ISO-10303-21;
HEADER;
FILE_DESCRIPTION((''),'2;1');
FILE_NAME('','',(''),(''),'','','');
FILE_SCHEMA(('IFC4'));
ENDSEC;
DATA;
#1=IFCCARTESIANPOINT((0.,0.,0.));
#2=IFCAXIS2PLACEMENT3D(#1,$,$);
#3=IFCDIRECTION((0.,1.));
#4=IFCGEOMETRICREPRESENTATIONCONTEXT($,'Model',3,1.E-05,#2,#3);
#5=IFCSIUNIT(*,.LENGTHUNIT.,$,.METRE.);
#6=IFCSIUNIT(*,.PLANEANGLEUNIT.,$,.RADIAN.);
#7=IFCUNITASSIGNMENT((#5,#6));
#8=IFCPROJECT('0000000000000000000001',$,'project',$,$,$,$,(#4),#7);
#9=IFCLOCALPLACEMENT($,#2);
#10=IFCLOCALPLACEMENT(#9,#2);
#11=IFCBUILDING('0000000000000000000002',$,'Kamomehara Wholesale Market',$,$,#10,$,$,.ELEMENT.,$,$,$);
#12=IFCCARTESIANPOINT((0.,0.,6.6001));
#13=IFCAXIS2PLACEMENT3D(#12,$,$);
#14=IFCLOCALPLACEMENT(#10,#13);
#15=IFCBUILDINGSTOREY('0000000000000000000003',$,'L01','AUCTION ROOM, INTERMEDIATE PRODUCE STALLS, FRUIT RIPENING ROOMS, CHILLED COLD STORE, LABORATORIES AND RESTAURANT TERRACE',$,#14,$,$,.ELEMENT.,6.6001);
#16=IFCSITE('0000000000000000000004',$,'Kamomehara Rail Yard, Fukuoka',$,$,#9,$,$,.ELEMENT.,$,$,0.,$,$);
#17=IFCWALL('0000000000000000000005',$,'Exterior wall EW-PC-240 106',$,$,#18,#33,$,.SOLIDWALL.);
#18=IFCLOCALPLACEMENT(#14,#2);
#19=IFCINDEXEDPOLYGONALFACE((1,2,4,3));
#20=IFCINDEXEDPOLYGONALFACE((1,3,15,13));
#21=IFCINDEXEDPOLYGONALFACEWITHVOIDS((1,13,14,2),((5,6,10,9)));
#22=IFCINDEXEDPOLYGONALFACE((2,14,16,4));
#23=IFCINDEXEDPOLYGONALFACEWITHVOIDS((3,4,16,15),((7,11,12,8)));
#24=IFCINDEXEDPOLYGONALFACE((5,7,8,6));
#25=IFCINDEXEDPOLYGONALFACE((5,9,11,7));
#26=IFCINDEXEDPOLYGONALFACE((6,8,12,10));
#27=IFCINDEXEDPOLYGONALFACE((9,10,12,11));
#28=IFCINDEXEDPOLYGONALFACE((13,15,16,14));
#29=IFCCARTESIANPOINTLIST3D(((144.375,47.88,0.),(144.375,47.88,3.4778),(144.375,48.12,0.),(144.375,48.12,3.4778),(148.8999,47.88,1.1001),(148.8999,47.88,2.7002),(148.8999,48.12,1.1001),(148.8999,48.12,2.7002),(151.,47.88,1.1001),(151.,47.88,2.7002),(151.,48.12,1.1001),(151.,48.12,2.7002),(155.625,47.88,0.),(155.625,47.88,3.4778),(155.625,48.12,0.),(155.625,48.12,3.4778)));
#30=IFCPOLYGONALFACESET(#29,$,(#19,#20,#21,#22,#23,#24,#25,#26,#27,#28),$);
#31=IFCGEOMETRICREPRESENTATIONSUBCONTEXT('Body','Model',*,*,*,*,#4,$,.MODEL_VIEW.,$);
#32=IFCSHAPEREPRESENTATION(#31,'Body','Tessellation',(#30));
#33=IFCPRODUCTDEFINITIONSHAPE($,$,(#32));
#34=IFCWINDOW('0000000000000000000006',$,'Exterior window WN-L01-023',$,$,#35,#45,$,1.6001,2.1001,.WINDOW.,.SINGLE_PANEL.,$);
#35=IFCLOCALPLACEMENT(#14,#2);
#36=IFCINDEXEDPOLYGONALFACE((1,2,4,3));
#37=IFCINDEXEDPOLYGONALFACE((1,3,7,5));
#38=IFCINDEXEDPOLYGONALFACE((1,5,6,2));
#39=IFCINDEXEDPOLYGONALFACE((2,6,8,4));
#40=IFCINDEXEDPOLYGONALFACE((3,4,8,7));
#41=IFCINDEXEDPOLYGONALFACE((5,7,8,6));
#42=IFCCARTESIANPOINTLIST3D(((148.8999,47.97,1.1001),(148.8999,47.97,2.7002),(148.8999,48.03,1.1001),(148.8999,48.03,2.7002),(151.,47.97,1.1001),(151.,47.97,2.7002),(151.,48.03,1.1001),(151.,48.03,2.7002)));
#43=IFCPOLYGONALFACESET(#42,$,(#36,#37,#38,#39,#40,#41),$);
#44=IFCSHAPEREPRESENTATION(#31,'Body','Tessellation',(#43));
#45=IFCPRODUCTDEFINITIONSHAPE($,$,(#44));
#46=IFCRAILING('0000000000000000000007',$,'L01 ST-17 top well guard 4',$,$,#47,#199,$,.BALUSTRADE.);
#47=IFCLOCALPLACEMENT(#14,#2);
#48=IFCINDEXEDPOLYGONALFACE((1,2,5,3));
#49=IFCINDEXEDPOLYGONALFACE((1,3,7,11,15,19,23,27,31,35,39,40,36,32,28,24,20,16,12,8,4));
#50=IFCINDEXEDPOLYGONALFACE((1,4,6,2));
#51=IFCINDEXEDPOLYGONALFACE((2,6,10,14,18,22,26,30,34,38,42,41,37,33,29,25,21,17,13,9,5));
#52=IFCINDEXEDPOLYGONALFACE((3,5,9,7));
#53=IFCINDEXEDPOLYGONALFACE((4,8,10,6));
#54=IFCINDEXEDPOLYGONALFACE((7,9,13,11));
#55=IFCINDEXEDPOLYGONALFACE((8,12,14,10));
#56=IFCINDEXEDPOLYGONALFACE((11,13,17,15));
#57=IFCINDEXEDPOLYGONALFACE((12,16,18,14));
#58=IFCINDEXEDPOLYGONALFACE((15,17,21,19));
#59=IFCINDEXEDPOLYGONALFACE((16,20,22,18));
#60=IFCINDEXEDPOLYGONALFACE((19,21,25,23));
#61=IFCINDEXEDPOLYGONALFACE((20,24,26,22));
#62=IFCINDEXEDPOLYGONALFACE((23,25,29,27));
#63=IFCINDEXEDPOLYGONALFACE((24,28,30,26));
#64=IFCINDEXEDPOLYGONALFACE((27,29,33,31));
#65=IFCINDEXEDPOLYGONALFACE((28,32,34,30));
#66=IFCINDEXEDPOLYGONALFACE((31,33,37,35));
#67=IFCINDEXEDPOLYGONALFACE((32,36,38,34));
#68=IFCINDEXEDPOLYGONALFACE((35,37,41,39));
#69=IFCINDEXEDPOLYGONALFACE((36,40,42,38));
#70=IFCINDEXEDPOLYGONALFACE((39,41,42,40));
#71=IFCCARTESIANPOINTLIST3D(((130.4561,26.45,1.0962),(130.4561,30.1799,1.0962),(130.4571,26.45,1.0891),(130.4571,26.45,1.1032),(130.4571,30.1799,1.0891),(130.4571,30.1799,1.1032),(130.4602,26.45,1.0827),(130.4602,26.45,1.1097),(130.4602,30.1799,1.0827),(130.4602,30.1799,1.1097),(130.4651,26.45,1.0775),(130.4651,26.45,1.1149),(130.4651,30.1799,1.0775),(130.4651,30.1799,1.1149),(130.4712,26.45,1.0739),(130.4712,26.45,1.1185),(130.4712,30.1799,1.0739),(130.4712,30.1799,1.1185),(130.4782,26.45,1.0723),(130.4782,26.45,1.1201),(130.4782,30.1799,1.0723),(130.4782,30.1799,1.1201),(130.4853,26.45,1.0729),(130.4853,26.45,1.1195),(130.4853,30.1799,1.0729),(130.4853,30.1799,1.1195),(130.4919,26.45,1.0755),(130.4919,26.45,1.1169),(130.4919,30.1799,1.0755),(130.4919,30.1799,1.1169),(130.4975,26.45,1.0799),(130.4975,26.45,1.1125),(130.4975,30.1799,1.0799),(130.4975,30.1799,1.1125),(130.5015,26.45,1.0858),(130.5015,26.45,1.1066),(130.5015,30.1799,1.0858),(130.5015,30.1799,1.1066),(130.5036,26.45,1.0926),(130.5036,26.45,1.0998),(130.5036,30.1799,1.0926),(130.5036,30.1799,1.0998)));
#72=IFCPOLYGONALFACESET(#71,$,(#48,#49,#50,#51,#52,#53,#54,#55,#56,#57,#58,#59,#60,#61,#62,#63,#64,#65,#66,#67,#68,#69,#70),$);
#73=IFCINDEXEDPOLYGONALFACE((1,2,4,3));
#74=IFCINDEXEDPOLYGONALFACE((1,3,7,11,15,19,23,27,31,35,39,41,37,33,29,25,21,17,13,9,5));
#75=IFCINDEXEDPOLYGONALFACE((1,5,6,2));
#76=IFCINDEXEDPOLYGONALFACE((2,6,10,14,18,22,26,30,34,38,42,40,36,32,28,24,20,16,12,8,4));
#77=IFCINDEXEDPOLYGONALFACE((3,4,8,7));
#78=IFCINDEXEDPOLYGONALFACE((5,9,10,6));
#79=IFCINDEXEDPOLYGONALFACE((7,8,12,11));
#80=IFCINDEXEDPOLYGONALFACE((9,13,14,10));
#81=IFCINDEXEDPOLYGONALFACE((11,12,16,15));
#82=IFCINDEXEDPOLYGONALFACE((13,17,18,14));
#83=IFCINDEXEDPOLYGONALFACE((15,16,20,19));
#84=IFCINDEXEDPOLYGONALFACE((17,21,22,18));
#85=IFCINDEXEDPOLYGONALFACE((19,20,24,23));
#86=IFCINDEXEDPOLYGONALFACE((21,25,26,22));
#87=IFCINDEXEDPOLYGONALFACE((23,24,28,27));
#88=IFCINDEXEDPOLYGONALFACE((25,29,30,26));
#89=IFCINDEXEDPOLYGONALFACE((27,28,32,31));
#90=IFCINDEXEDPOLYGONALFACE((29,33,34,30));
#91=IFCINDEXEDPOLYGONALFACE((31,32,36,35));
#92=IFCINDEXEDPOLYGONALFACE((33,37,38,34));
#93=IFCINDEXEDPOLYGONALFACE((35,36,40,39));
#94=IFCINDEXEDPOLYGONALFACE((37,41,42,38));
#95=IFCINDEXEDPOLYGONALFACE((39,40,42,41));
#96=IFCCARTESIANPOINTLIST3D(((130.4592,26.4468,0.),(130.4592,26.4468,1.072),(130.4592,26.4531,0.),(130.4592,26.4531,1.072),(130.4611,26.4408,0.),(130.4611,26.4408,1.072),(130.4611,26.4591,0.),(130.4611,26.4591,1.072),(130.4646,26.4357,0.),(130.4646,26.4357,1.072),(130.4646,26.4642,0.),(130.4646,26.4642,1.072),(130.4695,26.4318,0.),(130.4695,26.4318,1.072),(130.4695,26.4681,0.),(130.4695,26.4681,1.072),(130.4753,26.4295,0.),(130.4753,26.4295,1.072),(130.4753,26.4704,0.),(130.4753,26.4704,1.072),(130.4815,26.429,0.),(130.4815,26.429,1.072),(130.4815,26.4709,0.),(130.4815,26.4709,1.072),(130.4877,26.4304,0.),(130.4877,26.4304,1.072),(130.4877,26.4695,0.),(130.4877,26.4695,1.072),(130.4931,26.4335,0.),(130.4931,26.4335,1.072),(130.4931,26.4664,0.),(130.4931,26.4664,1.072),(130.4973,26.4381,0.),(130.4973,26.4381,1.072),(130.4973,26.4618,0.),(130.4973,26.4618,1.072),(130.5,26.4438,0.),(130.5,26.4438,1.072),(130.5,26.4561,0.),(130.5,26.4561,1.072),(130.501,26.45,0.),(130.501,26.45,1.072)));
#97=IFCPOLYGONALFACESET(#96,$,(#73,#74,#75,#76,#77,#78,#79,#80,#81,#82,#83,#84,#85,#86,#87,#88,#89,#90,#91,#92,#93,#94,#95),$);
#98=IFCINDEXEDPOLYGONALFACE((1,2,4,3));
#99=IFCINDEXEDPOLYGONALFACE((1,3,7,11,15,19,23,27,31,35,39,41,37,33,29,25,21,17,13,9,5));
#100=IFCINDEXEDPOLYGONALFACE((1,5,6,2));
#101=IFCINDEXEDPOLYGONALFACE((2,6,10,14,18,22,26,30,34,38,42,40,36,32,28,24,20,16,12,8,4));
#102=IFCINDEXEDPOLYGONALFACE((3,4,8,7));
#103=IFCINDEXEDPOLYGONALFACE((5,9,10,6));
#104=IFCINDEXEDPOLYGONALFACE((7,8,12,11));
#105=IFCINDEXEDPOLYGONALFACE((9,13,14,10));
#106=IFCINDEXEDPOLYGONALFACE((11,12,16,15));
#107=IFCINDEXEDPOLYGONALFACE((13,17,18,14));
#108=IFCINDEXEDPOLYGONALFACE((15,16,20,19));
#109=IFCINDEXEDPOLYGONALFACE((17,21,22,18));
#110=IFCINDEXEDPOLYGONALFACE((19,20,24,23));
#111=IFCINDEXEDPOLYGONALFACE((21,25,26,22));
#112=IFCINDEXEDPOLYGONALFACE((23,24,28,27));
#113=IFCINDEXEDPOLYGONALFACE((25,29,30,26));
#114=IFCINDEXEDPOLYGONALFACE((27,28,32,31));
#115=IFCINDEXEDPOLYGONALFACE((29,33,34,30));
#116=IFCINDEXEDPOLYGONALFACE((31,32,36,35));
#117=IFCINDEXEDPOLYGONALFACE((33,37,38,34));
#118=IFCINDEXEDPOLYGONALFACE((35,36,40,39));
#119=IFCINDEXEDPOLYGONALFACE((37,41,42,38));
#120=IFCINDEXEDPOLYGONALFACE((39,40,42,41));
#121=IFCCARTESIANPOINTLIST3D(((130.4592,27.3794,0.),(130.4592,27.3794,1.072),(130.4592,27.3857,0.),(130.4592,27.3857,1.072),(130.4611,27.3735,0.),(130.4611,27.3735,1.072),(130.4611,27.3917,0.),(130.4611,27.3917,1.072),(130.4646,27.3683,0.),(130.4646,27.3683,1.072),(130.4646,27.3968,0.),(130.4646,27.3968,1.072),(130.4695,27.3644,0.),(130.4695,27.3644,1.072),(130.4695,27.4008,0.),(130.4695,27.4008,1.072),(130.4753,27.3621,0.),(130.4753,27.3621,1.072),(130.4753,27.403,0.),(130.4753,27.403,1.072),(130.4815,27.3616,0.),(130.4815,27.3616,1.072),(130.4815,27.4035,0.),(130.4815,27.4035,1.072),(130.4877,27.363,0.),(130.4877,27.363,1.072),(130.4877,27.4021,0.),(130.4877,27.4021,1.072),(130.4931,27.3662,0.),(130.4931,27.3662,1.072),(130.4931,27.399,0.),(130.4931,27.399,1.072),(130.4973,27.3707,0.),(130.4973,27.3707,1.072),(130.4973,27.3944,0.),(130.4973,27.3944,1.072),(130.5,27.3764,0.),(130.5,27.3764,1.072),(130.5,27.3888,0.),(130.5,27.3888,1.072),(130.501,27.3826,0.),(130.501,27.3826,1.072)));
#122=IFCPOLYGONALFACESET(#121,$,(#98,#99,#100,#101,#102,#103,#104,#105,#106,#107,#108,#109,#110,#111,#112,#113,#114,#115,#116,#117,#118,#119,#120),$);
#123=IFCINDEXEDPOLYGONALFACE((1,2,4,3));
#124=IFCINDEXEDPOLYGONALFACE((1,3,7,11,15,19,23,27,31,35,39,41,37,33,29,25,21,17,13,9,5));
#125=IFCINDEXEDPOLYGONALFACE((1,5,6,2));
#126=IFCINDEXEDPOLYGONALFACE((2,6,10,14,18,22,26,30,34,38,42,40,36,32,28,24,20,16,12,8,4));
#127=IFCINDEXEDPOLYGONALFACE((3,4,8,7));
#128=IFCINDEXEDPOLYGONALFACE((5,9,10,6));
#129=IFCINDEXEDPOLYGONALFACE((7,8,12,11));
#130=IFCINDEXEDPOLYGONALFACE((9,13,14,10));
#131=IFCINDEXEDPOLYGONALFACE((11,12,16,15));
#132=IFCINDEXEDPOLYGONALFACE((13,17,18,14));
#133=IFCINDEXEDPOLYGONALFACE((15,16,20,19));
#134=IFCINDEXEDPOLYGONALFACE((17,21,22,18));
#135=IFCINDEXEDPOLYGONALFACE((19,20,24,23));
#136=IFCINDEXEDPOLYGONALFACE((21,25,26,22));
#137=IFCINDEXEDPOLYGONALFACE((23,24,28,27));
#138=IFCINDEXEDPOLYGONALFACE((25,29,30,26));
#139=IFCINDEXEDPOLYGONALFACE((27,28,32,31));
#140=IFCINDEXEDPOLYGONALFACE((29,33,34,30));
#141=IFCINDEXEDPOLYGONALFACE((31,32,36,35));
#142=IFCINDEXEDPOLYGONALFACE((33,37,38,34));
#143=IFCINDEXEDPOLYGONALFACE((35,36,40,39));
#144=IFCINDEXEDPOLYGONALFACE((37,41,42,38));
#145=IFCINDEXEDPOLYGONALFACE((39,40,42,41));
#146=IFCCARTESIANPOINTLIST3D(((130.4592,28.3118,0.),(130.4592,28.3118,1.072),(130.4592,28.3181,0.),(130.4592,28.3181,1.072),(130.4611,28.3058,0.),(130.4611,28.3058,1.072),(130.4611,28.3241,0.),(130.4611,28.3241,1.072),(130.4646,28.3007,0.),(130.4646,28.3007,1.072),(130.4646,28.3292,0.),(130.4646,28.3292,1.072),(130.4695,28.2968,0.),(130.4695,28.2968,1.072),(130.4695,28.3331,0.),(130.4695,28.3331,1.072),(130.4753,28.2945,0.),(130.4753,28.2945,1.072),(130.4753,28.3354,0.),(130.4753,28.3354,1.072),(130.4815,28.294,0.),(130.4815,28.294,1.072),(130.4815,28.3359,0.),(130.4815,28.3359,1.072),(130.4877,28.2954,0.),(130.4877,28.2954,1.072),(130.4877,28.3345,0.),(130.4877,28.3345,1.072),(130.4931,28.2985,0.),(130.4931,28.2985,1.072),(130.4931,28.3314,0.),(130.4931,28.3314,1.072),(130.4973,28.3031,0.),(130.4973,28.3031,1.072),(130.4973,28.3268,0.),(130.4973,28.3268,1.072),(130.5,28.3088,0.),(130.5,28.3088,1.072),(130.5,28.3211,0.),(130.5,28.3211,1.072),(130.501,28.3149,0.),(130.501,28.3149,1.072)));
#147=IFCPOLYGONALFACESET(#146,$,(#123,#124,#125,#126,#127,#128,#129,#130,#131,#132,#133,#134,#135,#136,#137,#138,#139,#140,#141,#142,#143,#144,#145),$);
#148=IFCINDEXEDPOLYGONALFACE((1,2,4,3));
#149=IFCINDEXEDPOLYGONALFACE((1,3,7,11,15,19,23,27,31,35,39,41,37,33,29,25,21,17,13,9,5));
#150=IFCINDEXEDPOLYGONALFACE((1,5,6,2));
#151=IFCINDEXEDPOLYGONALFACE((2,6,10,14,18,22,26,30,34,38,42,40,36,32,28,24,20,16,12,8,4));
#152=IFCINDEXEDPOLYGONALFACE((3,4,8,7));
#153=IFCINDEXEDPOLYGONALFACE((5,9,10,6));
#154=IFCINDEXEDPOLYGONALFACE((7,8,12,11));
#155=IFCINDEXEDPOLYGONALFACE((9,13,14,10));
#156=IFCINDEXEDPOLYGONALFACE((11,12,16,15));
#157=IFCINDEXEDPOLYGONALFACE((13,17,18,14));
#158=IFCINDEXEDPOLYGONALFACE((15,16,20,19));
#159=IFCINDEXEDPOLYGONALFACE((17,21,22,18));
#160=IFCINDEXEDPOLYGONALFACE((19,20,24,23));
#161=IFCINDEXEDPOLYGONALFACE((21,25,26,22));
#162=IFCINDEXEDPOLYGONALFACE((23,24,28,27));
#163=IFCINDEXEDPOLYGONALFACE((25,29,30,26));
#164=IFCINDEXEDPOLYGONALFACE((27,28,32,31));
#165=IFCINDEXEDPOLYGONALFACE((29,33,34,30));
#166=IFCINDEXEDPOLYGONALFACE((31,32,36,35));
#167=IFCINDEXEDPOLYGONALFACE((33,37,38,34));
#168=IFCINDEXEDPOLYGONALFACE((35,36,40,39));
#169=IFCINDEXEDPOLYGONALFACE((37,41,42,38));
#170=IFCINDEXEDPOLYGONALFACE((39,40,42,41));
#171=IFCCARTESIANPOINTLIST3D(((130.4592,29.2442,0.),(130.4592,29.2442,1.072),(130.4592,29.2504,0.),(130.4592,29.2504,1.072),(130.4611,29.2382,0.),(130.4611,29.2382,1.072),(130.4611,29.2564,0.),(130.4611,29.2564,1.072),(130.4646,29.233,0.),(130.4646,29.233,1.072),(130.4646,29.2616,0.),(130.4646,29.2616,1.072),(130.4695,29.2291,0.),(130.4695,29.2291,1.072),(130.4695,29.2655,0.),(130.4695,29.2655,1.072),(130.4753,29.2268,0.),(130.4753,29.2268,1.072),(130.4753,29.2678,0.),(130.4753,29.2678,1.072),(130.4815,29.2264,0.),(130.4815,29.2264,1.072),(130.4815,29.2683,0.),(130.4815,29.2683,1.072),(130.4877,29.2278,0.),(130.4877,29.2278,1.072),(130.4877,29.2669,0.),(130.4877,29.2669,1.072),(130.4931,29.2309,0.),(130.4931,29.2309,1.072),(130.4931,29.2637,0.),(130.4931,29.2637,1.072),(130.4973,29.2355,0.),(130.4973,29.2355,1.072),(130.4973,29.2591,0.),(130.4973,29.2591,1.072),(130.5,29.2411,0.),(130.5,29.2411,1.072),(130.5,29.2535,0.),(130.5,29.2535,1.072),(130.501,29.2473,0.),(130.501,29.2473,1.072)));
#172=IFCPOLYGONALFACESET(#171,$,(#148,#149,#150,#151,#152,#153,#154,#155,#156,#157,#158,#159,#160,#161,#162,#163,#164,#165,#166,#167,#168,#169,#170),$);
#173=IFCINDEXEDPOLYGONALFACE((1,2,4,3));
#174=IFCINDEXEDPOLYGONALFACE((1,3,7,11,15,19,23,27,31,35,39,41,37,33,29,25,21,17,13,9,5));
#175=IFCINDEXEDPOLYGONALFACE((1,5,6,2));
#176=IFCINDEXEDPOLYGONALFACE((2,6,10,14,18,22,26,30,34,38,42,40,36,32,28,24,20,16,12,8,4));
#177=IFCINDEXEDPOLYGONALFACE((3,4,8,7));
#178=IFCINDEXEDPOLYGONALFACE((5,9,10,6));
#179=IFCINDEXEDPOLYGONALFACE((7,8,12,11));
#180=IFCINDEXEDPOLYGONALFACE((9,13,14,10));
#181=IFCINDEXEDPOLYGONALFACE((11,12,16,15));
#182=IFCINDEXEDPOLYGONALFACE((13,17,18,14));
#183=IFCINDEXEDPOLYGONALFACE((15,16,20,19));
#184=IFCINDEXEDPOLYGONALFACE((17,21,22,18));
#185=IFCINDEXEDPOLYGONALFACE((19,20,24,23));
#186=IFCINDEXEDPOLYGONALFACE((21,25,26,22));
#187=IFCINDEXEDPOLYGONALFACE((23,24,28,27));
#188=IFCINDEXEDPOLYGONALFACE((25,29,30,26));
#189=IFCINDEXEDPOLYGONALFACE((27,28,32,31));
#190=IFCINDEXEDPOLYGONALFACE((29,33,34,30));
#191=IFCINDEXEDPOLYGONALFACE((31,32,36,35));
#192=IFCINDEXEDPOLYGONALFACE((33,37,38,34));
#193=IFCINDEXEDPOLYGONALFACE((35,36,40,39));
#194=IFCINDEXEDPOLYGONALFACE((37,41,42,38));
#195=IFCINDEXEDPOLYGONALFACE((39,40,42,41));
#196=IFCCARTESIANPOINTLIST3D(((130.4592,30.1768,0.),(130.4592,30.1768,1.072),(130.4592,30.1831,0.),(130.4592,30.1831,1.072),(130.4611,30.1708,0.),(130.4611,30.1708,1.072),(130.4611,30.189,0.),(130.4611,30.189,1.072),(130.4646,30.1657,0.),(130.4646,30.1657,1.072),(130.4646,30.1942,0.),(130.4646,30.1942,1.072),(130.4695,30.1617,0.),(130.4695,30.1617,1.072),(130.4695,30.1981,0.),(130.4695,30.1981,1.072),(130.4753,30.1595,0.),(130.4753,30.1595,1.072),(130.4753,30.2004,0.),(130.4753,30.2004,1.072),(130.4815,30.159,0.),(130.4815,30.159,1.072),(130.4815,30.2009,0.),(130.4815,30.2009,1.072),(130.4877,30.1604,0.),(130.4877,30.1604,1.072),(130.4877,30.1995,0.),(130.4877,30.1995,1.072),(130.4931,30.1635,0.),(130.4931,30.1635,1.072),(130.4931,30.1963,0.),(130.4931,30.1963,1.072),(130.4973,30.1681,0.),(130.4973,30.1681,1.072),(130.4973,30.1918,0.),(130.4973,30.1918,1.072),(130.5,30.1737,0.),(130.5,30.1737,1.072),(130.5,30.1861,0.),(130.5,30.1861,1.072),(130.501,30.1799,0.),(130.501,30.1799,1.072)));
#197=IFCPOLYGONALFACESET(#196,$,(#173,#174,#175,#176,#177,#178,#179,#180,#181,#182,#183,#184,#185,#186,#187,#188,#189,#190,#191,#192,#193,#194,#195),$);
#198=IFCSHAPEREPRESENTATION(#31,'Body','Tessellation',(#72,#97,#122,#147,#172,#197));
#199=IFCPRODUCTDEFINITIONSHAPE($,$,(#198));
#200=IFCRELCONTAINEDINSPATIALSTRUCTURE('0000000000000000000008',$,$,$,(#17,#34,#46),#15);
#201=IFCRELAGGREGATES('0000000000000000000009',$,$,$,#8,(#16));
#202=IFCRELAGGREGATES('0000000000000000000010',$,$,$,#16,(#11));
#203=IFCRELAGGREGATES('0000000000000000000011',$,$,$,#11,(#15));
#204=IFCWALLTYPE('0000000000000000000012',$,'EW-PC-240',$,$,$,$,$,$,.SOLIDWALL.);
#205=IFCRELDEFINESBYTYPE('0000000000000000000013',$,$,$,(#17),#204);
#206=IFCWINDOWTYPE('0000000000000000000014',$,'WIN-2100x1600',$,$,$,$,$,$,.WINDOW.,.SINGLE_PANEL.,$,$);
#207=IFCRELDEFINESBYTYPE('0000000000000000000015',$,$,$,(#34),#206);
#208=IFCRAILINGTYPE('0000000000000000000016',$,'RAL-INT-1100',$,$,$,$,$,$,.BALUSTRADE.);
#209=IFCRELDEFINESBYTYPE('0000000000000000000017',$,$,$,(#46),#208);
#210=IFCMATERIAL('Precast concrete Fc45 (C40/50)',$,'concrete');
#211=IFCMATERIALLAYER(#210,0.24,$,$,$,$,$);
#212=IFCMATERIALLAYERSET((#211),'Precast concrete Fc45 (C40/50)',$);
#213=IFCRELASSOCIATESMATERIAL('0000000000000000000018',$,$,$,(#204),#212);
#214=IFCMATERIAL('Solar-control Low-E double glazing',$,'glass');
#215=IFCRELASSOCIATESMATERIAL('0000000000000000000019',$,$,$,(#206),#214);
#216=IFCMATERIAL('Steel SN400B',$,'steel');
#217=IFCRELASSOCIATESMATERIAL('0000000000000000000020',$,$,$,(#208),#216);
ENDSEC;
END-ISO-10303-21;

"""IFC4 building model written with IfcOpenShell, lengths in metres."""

from ifc_helpers import new_model, si_unit, direction, frame, frame_2d, origin, origin_2d, place, context, subcontext, project, spatial, rectangle, circle, extrude, material, layer, layer_set, type_object, element, fill, save


model = new_model("IFC4")

# Units and contexts
model_context = context("Model", 3, precision=1e-05, world=origin(), true_north=direction((0.0, 1.0)))
body_context = subcontext(model_context, "Body", "Model", "MODEL_VIEW")
ifc_project = project(units=[si_unit("LENGTHUNIT", "METRE"), si_unit("PLANEANGLEUNIT", "RADIAN")], contexts=[model_context])

# Site, building, storey
site_placement = place(None, origin())
site = spatial("IfcSite", under=ifc_project, at=site_placement, Name="Kamomehara Rail Yard, Fukuoka", CompositionType="ELEMENT", RefElevation=0.0)
building_placement = place(site_placement, origin())
building = spatial("IfcBuilding", under=site, at=building_placement, Name="Kamomehara Wholesale Market", CompositionType="ELEMENT")
storey_placement = place(building_placement, frame((0.0, 0.0, 6.6001)))
storey = spatial("IfcBuildingStorey", under=building, at=storey_placement, Name="L01", Description="AUCTION ROOM, INTERMEDIATE PRODUCE STALLS, FRUIT RIPENING ROOMS, CHILLED COLD STORE, LABORATORIES AND RESTAURANT TERRACE", CompositionType="ELEMENT", Elevation=6.6001)

# Shared definitions
ifc_material_1 = material(Name="Precast concrete Fc45 (C40/50)", Category="concrete")
ifc_layer = layer(ifc_material_1, 0.24)
ifc_layer_set = layer_set([ifc_layer], Name="Precast concrete Fc45 (C40/50)")
wall_type = type_object("IfcWallType", Name="EW-PC-240", PredefinedType="SOLIDWALL", material=ifc_layer_set)

# Wall, opening, window
wall_1_placement = place(storey_placement, frame((144.375, 48.0, 0.0), z_axis=(0.0, 0.0, 1.0), x_axis=(1.0, 0.0, 0.0)))
wall_1 = element("IfcWall", 1, at=wall_1_placement, inside=storey, type_object=wall_type, Name="Exterior wall EW-PC-240 106", PredefinedType="SOLIDWALL", context=body_context, shape_type="SweptSolid", body=[
    extrude(rectangle(XDim=11.25, YDim=0.24, at=frame_2d((5.625, 0.0))), origin(), (0.0, 0.0, 1.0), 3.4778),
])
opening_1_placement = place(wall_1_placement, frame((4.5249, 0.0, 1.1001)))
opening_1 = element("IfcOpeningElement", 2, at=opening_1_placement, cuts=wall_1, PredefinedType="OPENING", context=body_context, shape_type="SweptSolid", body=[
    extrude(rectangle(XDim=2.1001, YDim=1.6001, at=frame_2d((1.05, 0.8))), frame((0.0, 0.1348, 0.0), z_axis=(0.0, -1.0, 0.0), x_axis=(1.0, 0.0, 0.0)), (0.0, 0.0, 1.0), 0.2698),
])
ifc_material_2 = material(Name="Solar-control Low-E double glazing", Category="glass")
window_type = type_object("IfcWindowType", Name="WIN-2100x1600", PartitioningType="SINGLE_PANEL", PredefinedType="WINDOW", material=ifc_material_2)
window_placement = place(opening_1_placement, origin())
window = element("IfcWindow", 3, at=window_placement, inside=storey, type_object=window_type, Name="Exterior window WN-L01-023", OverallHeight=1.6001, OverallWidth=2.1001, PartitioningType="SINGLE_PANEL", PredefinedType="WINDOW", context=body_context, shape_type="SweptSolid", body=[
    extrude(rectangle(XDim=2.1001, YDim=1.6001, at=frame_2d((1.05, 0.8))), frame((0.0, 0.03, 0.0), z_axis=(0.0, -1.0, 0.0), x_axis=(1.0, 0.0, 0.0)), (0.0, 0.0, 1.0), 0.0601),
])
fill(opening_1, window)

# Railing
ifc_material_3 = material(Name="Steel SN400B", Category="steel")
railing_type = type_object("IfcRailingType", Name="RAL-INT-1100", PredefinedType="BALUSTRADE", material=ifc_material_3)
railing_placement = place(storey_placement, frame((130.48, 26.45, 0.0)))
element("IfcRailing", 4, at=railing_placement, inside=storey, type_object=railing_type, Name="L01 ST-17 top well guard 4", PredefinedType="BALUSTRADE", context=body_context, shape_type="SweptSolid", body=[
    extrude(circle(Radius=0.0239, at=origin_2d()), frame((0.0, 0.0, 1.0962), z_axis=(0.0, 1.0, 0.0), x_axis=(-1.0, 0.0, 0.0)), (0.0, 0.0, 1.0), 3.73),
    extrude(circle(Radius=0.021, at=origin_2d()), origin(), (0.0, 0.0, 1.0), 1.072),
    extrude(circle(Radius=0.021, at=origin_2d()), frame((0.0, 0.9326, 0.0)), (0.0, 0.0, 1.0), 1.072),
    extrude(circle(Radius=0.021, at=origin_2d()), frame((0.0, 1.865, 0.0)), (0.0, 0.0, 1.0), 1.072),
    extrude(circle(Radius=0.021, at=origin_2d()), frame((0.0, 2.7974, 0.0)), (0.0, 0.0, 1.0), 1.072),
    extrude(circle(Radius=0.021, at=origin_2d()), frame((0.0, 3.73, 0.0)), (0.0, 0.0, 1.0), 1.072),
])

save(model, "model.ifc")
